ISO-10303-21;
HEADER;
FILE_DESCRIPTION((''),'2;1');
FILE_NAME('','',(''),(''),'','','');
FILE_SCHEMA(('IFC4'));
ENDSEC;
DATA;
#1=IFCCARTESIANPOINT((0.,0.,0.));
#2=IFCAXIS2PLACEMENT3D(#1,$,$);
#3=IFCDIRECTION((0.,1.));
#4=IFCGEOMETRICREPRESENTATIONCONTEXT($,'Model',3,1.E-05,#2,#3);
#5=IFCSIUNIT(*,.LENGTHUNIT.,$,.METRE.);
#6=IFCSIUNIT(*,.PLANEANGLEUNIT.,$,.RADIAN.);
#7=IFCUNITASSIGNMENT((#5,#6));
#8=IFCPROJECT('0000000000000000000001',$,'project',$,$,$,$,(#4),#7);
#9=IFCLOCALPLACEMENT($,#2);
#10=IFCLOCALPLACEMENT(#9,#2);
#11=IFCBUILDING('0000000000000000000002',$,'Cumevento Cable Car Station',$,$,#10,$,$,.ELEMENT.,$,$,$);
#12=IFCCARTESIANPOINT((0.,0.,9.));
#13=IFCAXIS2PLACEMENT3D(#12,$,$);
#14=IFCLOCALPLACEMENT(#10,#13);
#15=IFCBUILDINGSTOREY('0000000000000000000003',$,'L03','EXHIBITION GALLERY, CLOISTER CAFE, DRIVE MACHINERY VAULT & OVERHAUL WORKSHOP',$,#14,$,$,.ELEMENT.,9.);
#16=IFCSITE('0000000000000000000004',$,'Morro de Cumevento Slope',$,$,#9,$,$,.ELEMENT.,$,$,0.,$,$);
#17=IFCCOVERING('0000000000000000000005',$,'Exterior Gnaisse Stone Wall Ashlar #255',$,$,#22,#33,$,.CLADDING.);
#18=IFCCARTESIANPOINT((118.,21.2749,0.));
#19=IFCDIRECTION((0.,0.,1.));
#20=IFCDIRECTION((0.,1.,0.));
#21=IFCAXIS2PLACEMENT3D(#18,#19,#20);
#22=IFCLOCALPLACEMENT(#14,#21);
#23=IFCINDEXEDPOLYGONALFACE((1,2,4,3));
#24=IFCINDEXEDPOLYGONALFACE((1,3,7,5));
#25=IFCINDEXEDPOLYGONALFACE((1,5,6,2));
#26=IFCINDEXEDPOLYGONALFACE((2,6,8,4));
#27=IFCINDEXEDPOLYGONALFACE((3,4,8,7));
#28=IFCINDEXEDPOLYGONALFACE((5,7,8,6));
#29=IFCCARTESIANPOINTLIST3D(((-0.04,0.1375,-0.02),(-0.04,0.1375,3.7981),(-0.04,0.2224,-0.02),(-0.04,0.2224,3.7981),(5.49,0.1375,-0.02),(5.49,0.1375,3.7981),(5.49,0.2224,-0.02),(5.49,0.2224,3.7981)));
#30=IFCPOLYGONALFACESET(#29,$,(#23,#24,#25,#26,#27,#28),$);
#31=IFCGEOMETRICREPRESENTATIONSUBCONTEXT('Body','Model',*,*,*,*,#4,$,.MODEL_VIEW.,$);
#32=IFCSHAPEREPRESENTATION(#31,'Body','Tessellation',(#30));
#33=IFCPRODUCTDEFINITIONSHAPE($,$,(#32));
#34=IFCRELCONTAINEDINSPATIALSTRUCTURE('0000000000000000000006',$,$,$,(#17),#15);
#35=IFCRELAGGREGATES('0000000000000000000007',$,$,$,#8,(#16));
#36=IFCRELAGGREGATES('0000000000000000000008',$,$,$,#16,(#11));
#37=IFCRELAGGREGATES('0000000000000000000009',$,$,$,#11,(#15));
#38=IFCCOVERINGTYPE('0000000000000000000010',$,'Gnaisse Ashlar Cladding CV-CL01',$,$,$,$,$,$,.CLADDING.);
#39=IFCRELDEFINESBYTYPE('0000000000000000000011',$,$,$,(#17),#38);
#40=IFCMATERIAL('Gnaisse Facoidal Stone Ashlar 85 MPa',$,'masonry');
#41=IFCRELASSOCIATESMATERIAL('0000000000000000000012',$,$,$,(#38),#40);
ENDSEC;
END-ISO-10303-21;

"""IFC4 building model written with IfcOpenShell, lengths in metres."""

from ifc_helpers import new_model, si_unit, direction, frame, origin, place, context, subcontext, project, spatial, polyline, outline, extrude, material, type_object, element, save


model = new_model("IFC4")

# Units and contexts
model_context = context("Model", 3, precision=1e-05, world=origin(), true_north=direction((0.0, 1.0)))
body_context = subcontext(model_context, "Body", "Model", "MODEL_VIEW")
ifc_project = project(units=[si_unit("LENGTHUNIT", "METRE"), si_unit("PLANEANGLEUNIT", "RADIAN")], contexts=[model_context])

# Site, building, storey
site_placement = place(None, origin())
site = spatial("IfcSite", under=ifc_project, at=site_placement, Name="Morro de Cumevento Slope", CompositionType="ELEMENT", RefElevation=0.0)
building_placement = place(site_placement, origin())
building = spatial("IfcBuilding", under=site, at=building_placement, Name="Cumevento Cable Car Station", CompositionType="ELEMENT")
storey_placement = place(building_placement, frame((0.0, 0.0, 9.0)))
storey = spatial("IfcBuildingStorey", under=building, at=storey_placement, Name="L03", Description="EXHIBITION GALLERY, CLOISTER CAFE, DRIVE MACHINERY VAULT & OVERHAUL WORKSHOP", CompositionType="ELEMENT", Elevation=9.0)

# Covering
ifc_material_1 = material(Name="Gnaisse Facoidal Stone Ashlar 85 MPa", Category="masonry")
covering_type = type_object("IfcCoveringType", Name="Gnaisse Ashlar Cladding CV-CL01", PredefinedType="CLADDING", material=ifc_material_1)
covering_1_placement = place(storey_placement, frame((118.0, 21.2749, 0.0), z_axis=(0.0, 0.0, 1.0), x_axis=(0.0, 1.0, 0.0)))
element("IfcCovering", 1, at=covering_1_placement, inside=storey, type_object=covering_type, Name="Exterior Gnaisse Stone Wall Ashlar #255", PredefinedType="CLADDING", context=body_context, shape_type="SweptSolid", body=[
    extrude(outline(polyline([(-0.04, -0.02), (5.49, -0.02), (5.49, 3.7981), (-0.04, 3.7981), (-0.04, -0.02)])), frame((0.0, 0.2224, 0.0), z_axis=(0.0, -1.0, 0.0), x_axis=(1.0, 0.0, 0.0)), (0.0, 0.0, 1.0), 0.085),
])

save(model, "model.ifc")
